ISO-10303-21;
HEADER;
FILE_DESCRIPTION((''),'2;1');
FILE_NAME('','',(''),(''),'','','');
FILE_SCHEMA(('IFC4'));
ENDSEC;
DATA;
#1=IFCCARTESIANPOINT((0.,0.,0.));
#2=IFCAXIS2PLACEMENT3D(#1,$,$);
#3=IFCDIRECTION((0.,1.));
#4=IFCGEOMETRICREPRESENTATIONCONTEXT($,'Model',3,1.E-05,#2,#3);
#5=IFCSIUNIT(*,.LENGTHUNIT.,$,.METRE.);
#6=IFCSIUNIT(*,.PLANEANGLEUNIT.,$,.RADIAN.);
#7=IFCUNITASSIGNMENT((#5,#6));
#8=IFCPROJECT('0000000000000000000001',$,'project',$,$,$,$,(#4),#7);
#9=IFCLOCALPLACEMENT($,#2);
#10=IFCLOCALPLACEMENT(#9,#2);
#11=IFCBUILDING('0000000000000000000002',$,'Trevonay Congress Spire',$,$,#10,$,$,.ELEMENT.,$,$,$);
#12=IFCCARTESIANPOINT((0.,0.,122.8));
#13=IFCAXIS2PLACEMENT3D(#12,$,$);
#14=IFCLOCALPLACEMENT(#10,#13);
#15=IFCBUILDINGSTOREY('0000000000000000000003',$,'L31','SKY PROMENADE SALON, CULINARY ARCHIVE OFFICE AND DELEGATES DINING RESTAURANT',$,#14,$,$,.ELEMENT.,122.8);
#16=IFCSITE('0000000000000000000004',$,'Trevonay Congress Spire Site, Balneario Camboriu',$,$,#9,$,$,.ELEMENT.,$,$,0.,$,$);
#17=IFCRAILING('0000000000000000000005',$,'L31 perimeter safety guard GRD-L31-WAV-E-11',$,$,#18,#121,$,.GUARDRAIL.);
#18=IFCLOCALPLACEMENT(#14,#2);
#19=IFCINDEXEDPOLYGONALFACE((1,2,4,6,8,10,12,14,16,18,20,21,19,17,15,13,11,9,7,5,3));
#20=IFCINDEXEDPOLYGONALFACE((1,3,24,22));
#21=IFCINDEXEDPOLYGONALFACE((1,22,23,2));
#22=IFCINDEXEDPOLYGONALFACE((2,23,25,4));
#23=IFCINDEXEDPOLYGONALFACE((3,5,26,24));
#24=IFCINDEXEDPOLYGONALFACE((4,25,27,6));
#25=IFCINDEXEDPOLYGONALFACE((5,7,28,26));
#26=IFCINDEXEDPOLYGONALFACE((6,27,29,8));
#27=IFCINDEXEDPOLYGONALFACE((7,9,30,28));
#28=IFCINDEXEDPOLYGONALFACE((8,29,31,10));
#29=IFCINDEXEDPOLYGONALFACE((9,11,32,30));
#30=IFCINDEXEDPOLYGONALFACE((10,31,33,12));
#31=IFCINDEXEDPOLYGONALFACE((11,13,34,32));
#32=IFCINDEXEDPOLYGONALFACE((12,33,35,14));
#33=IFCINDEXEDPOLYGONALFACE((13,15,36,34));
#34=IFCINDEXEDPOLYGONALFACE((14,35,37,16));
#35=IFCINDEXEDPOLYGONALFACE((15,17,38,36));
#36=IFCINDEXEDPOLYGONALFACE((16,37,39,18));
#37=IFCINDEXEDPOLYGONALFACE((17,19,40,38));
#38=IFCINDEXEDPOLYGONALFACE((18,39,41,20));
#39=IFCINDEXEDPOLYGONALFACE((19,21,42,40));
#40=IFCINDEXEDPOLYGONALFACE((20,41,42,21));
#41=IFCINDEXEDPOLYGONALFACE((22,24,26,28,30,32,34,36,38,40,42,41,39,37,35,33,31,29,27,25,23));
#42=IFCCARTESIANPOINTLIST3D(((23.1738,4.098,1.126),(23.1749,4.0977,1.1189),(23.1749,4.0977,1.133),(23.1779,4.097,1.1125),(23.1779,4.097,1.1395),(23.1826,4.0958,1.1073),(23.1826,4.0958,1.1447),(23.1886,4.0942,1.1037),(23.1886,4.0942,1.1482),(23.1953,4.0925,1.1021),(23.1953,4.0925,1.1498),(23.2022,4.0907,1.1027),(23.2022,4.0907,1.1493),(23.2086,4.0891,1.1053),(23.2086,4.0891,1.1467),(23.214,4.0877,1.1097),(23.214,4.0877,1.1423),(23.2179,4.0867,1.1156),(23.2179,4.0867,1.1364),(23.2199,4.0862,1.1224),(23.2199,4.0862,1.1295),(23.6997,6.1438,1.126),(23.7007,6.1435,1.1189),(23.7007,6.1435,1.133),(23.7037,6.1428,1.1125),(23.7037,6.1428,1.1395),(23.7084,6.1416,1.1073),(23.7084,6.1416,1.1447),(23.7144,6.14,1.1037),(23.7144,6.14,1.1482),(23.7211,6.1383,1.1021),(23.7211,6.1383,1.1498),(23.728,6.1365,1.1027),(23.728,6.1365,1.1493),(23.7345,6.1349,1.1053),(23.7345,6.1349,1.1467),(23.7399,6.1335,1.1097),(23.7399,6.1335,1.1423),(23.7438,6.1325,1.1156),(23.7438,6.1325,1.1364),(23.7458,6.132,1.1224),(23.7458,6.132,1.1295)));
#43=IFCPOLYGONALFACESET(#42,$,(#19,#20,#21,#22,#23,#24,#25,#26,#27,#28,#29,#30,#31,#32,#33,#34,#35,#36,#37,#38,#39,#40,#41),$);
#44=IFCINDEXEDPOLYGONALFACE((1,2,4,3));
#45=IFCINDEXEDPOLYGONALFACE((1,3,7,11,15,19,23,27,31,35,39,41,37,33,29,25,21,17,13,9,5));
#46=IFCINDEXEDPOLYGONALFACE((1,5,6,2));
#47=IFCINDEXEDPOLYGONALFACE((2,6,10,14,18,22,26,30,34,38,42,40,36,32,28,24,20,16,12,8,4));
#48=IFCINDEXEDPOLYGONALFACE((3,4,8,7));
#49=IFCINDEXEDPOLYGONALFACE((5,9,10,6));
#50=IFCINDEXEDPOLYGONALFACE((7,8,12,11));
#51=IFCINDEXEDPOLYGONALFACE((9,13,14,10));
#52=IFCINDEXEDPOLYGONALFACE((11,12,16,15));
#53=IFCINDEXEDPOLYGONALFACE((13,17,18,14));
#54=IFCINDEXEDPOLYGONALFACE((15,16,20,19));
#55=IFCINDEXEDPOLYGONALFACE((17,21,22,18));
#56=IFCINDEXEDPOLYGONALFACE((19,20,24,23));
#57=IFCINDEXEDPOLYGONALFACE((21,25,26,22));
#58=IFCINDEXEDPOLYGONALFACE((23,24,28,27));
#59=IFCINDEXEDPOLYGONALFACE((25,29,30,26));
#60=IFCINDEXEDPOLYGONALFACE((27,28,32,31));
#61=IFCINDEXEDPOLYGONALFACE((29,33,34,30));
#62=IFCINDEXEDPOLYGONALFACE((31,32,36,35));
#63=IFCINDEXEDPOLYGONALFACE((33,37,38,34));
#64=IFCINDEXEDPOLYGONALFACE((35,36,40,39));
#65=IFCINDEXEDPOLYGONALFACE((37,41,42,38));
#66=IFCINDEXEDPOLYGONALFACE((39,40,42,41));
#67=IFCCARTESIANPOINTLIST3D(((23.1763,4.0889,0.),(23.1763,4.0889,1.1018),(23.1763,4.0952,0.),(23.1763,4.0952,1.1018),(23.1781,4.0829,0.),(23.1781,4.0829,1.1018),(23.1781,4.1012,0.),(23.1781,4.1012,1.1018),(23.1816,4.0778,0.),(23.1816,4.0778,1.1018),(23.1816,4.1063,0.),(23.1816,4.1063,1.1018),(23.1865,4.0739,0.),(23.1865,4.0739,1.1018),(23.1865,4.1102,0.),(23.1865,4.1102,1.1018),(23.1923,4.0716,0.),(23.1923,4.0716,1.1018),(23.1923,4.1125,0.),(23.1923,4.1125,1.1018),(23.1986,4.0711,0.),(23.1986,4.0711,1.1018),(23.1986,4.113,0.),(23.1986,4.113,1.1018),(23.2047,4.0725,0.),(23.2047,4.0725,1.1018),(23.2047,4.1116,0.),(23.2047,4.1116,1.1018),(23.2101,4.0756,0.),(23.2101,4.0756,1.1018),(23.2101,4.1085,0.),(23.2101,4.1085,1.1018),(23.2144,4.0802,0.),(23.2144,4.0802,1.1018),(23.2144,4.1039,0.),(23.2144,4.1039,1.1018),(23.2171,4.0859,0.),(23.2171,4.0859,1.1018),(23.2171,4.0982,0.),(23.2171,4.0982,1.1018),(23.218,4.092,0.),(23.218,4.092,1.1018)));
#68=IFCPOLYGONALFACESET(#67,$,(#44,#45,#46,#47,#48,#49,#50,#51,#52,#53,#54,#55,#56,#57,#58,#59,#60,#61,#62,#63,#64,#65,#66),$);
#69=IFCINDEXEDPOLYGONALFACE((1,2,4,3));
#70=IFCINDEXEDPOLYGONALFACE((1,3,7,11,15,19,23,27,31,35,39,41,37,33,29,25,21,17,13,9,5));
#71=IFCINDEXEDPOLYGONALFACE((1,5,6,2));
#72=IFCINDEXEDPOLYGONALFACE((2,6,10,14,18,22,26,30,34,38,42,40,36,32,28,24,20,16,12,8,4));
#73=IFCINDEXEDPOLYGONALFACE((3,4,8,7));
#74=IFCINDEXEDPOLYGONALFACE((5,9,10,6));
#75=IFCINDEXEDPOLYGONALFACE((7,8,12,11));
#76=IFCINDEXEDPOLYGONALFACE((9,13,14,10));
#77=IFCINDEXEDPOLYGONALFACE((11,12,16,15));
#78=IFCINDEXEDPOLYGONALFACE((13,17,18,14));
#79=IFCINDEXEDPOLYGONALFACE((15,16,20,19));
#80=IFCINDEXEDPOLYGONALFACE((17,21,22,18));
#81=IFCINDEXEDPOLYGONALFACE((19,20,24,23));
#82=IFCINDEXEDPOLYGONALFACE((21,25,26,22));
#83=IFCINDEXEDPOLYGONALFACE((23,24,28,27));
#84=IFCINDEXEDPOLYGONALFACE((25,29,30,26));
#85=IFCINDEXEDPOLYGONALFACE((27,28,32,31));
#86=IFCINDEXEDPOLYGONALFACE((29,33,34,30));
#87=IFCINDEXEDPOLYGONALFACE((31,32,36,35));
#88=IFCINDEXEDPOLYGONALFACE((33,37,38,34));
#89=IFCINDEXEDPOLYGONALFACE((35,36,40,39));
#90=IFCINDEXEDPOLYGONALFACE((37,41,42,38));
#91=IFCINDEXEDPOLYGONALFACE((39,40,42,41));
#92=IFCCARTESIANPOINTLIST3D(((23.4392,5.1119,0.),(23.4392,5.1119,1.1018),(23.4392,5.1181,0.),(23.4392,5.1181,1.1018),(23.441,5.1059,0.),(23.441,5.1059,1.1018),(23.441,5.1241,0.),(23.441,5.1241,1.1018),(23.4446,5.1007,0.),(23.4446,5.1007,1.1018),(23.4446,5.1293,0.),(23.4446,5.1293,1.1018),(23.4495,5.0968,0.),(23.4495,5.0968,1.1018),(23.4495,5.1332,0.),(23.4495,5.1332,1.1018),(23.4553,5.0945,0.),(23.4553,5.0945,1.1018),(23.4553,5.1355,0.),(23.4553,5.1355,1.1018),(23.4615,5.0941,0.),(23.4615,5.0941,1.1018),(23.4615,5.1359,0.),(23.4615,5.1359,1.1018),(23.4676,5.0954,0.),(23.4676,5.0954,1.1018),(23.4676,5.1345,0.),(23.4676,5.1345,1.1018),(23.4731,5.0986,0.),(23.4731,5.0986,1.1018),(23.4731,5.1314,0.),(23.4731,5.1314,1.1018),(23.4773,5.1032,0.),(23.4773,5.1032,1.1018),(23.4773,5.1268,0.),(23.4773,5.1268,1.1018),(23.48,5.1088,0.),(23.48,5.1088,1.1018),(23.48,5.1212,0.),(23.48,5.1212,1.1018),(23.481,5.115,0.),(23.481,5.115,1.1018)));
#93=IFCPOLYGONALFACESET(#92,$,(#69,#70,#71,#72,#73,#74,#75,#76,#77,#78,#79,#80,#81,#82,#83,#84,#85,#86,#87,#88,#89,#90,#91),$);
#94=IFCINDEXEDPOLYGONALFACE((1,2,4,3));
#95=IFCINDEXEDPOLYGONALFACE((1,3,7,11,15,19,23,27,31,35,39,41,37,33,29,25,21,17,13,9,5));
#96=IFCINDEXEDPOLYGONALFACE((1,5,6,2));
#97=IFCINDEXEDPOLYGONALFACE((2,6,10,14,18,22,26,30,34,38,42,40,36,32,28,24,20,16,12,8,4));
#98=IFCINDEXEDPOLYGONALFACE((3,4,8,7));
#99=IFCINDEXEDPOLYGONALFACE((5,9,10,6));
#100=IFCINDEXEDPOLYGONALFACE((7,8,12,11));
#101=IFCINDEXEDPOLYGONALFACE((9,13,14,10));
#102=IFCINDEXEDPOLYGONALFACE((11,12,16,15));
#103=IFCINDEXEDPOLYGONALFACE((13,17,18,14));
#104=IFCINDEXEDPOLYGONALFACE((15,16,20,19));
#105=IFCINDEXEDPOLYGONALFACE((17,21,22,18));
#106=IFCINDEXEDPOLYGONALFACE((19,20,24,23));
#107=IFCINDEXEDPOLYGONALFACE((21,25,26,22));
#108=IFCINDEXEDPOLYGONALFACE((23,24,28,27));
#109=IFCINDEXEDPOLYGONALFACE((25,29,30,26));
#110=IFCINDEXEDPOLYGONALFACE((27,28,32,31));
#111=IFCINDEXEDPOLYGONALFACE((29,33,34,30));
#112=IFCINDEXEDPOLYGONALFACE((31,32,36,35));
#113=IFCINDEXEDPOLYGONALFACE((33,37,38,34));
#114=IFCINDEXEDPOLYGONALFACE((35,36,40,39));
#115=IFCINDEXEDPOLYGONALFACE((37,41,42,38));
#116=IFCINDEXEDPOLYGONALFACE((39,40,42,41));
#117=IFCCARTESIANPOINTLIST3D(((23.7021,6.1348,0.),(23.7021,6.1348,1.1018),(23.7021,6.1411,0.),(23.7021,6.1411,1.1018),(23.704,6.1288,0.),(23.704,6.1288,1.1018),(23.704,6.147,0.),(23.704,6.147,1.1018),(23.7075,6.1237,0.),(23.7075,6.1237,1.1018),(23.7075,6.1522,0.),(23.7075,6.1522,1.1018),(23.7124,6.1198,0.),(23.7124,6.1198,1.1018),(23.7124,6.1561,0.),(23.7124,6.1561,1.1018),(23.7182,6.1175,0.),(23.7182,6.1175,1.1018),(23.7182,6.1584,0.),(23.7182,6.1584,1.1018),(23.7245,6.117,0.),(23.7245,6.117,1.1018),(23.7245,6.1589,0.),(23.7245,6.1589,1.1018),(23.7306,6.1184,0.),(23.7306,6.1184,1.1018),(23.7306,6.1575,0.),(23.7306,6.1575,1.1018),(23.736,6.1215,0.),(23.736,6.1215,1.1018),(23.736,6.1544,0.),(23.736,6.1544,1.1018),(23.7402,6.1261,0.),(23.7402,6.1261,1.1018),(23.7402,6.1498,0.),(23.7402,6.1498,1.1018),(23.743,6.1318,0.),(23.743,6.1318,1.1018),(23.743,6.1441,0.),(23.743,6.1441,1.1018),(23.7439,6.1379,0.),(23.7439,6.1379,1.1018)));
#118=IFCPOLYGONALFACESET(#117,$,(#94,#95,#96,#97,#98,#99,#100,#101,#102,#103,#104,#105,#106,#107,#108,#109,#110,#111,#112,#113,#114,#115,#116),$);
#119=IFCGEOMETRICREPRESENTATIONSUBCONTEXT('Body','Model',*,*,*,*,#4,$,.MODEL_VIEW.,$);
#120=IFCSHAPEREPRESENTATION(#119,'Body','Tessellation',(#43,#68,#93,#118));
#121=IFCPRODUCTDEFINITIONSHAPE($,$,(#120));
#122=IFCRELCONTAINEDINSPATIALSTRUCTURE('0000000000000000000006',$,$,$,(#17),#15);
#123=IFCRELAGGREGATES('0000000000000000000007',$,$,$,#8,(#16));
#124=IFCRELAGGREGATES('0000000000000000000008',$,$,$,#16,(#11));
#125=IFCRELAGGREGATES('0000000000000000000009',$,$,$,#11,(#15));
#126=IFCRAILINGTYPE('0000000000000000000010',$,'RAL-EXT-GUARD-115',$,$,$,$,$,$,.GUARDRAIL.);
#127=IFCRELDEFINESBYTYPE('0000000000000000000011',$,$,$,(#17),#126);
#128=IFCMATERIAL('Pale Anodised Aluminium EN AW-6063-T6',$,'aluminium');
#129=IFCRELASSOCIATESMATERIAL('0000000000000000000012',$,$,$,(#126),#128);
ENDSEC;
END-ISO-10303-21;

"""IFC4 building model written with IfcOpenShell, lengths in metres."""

from ifc_helpers import new_model, si_unit, direction, frame, origin, origin_2d, place, context, subcontext, project, spatial, circle, extrude, material, type_object, element, save


model = new_model("IFC4")

# Units and contexts
model_context = context("Model", 3, precision=1e-05, world=origin(), true_north=direction((0.0, 1.0)))
body_context = subcontext(model_context, "Body", "Model", "MODEL_VIEW")
ifc_project = project(units=[si_unit("LENGTHUNIT", "METRE"), si_unit("PLANEANGLEUNIT", "RADIAN")], contexts=[model_context])

# Site, building, storey
site_placement = place(None, origin())
site = spatial("IfcSite", under=ifc_project, at=site_placement, Name="Trevonay Congress Spire Site, Balneario Camboriu", CompositionType="ELEMENT", RefElevation=0.0)
building_placement = place(site_placement, origin())
building = spatial("IfcBuilding", under=site, at=building_placement, Name="Trevonay Congress Spire", CompositionType="ELEMENT")
storey_placement = place(building_placement, frame((0.0, 0.0, 122.8)))
storey = spatial("IfcBuildingStorey", under=building, at=storey_placement, Name="L31", Description="SKY PROMENADE SALON, CULINARY ARCHIVE OFFICE AND DELEGATES DINING RESTAURANT", CompositionType="ELEMENT", Elevation=122.8)

# Shared definitions
ifc_material_1 = material(Name="Pale Anodised Aluminium EN AW-6063-T6", Category="aluminium")

# Railing
railing_type = type_object("IfcRailingType", Name="RAL-EXT-GUARD-115", PredefinedType="GUARDRAIL", material=ifc_material_1)
railing_1_placement = place(storey_placement, frame((23.197, 4.092, 0.0)))
element("IfcRailing", 1, at=railing_1_placement, inside=storey, type_object=railing_type, Name="L31 perimeter safety guard GRD-L31-WAV-E-11", PredefinedType="GUARDRAIL", context=body_context, shape_type="SweptSolid", body=[
    extrude(circle(Radius=0.0239, at=origin_2d()), frame((0.0, 0.0, 1.126), z_axis=(0.248948, 0.968517, 0.0), x_axis=(-0.968517, 0.248948, 0.0)), (0.0, 0.0, 1.0), 2.1123),
    extrude(circle(Radius=0.021, at=origin_2d()), origin(), (0.0, 0.0, 1.0), 1.1018),
    extrude(circle(Radius=0.021, at=origin_2d()), frame((0.2629, 1.0229, 0.0)), (0.0, 0.0, 1.0), 1.1018),
    extrude(circle(Radius=0.021, at=origin_2d()), frame((0.5259, 2.0459, 0.0)), (0.0, 0.0, 1.0), 1.1018),
])

save(model, "model.ifc")
